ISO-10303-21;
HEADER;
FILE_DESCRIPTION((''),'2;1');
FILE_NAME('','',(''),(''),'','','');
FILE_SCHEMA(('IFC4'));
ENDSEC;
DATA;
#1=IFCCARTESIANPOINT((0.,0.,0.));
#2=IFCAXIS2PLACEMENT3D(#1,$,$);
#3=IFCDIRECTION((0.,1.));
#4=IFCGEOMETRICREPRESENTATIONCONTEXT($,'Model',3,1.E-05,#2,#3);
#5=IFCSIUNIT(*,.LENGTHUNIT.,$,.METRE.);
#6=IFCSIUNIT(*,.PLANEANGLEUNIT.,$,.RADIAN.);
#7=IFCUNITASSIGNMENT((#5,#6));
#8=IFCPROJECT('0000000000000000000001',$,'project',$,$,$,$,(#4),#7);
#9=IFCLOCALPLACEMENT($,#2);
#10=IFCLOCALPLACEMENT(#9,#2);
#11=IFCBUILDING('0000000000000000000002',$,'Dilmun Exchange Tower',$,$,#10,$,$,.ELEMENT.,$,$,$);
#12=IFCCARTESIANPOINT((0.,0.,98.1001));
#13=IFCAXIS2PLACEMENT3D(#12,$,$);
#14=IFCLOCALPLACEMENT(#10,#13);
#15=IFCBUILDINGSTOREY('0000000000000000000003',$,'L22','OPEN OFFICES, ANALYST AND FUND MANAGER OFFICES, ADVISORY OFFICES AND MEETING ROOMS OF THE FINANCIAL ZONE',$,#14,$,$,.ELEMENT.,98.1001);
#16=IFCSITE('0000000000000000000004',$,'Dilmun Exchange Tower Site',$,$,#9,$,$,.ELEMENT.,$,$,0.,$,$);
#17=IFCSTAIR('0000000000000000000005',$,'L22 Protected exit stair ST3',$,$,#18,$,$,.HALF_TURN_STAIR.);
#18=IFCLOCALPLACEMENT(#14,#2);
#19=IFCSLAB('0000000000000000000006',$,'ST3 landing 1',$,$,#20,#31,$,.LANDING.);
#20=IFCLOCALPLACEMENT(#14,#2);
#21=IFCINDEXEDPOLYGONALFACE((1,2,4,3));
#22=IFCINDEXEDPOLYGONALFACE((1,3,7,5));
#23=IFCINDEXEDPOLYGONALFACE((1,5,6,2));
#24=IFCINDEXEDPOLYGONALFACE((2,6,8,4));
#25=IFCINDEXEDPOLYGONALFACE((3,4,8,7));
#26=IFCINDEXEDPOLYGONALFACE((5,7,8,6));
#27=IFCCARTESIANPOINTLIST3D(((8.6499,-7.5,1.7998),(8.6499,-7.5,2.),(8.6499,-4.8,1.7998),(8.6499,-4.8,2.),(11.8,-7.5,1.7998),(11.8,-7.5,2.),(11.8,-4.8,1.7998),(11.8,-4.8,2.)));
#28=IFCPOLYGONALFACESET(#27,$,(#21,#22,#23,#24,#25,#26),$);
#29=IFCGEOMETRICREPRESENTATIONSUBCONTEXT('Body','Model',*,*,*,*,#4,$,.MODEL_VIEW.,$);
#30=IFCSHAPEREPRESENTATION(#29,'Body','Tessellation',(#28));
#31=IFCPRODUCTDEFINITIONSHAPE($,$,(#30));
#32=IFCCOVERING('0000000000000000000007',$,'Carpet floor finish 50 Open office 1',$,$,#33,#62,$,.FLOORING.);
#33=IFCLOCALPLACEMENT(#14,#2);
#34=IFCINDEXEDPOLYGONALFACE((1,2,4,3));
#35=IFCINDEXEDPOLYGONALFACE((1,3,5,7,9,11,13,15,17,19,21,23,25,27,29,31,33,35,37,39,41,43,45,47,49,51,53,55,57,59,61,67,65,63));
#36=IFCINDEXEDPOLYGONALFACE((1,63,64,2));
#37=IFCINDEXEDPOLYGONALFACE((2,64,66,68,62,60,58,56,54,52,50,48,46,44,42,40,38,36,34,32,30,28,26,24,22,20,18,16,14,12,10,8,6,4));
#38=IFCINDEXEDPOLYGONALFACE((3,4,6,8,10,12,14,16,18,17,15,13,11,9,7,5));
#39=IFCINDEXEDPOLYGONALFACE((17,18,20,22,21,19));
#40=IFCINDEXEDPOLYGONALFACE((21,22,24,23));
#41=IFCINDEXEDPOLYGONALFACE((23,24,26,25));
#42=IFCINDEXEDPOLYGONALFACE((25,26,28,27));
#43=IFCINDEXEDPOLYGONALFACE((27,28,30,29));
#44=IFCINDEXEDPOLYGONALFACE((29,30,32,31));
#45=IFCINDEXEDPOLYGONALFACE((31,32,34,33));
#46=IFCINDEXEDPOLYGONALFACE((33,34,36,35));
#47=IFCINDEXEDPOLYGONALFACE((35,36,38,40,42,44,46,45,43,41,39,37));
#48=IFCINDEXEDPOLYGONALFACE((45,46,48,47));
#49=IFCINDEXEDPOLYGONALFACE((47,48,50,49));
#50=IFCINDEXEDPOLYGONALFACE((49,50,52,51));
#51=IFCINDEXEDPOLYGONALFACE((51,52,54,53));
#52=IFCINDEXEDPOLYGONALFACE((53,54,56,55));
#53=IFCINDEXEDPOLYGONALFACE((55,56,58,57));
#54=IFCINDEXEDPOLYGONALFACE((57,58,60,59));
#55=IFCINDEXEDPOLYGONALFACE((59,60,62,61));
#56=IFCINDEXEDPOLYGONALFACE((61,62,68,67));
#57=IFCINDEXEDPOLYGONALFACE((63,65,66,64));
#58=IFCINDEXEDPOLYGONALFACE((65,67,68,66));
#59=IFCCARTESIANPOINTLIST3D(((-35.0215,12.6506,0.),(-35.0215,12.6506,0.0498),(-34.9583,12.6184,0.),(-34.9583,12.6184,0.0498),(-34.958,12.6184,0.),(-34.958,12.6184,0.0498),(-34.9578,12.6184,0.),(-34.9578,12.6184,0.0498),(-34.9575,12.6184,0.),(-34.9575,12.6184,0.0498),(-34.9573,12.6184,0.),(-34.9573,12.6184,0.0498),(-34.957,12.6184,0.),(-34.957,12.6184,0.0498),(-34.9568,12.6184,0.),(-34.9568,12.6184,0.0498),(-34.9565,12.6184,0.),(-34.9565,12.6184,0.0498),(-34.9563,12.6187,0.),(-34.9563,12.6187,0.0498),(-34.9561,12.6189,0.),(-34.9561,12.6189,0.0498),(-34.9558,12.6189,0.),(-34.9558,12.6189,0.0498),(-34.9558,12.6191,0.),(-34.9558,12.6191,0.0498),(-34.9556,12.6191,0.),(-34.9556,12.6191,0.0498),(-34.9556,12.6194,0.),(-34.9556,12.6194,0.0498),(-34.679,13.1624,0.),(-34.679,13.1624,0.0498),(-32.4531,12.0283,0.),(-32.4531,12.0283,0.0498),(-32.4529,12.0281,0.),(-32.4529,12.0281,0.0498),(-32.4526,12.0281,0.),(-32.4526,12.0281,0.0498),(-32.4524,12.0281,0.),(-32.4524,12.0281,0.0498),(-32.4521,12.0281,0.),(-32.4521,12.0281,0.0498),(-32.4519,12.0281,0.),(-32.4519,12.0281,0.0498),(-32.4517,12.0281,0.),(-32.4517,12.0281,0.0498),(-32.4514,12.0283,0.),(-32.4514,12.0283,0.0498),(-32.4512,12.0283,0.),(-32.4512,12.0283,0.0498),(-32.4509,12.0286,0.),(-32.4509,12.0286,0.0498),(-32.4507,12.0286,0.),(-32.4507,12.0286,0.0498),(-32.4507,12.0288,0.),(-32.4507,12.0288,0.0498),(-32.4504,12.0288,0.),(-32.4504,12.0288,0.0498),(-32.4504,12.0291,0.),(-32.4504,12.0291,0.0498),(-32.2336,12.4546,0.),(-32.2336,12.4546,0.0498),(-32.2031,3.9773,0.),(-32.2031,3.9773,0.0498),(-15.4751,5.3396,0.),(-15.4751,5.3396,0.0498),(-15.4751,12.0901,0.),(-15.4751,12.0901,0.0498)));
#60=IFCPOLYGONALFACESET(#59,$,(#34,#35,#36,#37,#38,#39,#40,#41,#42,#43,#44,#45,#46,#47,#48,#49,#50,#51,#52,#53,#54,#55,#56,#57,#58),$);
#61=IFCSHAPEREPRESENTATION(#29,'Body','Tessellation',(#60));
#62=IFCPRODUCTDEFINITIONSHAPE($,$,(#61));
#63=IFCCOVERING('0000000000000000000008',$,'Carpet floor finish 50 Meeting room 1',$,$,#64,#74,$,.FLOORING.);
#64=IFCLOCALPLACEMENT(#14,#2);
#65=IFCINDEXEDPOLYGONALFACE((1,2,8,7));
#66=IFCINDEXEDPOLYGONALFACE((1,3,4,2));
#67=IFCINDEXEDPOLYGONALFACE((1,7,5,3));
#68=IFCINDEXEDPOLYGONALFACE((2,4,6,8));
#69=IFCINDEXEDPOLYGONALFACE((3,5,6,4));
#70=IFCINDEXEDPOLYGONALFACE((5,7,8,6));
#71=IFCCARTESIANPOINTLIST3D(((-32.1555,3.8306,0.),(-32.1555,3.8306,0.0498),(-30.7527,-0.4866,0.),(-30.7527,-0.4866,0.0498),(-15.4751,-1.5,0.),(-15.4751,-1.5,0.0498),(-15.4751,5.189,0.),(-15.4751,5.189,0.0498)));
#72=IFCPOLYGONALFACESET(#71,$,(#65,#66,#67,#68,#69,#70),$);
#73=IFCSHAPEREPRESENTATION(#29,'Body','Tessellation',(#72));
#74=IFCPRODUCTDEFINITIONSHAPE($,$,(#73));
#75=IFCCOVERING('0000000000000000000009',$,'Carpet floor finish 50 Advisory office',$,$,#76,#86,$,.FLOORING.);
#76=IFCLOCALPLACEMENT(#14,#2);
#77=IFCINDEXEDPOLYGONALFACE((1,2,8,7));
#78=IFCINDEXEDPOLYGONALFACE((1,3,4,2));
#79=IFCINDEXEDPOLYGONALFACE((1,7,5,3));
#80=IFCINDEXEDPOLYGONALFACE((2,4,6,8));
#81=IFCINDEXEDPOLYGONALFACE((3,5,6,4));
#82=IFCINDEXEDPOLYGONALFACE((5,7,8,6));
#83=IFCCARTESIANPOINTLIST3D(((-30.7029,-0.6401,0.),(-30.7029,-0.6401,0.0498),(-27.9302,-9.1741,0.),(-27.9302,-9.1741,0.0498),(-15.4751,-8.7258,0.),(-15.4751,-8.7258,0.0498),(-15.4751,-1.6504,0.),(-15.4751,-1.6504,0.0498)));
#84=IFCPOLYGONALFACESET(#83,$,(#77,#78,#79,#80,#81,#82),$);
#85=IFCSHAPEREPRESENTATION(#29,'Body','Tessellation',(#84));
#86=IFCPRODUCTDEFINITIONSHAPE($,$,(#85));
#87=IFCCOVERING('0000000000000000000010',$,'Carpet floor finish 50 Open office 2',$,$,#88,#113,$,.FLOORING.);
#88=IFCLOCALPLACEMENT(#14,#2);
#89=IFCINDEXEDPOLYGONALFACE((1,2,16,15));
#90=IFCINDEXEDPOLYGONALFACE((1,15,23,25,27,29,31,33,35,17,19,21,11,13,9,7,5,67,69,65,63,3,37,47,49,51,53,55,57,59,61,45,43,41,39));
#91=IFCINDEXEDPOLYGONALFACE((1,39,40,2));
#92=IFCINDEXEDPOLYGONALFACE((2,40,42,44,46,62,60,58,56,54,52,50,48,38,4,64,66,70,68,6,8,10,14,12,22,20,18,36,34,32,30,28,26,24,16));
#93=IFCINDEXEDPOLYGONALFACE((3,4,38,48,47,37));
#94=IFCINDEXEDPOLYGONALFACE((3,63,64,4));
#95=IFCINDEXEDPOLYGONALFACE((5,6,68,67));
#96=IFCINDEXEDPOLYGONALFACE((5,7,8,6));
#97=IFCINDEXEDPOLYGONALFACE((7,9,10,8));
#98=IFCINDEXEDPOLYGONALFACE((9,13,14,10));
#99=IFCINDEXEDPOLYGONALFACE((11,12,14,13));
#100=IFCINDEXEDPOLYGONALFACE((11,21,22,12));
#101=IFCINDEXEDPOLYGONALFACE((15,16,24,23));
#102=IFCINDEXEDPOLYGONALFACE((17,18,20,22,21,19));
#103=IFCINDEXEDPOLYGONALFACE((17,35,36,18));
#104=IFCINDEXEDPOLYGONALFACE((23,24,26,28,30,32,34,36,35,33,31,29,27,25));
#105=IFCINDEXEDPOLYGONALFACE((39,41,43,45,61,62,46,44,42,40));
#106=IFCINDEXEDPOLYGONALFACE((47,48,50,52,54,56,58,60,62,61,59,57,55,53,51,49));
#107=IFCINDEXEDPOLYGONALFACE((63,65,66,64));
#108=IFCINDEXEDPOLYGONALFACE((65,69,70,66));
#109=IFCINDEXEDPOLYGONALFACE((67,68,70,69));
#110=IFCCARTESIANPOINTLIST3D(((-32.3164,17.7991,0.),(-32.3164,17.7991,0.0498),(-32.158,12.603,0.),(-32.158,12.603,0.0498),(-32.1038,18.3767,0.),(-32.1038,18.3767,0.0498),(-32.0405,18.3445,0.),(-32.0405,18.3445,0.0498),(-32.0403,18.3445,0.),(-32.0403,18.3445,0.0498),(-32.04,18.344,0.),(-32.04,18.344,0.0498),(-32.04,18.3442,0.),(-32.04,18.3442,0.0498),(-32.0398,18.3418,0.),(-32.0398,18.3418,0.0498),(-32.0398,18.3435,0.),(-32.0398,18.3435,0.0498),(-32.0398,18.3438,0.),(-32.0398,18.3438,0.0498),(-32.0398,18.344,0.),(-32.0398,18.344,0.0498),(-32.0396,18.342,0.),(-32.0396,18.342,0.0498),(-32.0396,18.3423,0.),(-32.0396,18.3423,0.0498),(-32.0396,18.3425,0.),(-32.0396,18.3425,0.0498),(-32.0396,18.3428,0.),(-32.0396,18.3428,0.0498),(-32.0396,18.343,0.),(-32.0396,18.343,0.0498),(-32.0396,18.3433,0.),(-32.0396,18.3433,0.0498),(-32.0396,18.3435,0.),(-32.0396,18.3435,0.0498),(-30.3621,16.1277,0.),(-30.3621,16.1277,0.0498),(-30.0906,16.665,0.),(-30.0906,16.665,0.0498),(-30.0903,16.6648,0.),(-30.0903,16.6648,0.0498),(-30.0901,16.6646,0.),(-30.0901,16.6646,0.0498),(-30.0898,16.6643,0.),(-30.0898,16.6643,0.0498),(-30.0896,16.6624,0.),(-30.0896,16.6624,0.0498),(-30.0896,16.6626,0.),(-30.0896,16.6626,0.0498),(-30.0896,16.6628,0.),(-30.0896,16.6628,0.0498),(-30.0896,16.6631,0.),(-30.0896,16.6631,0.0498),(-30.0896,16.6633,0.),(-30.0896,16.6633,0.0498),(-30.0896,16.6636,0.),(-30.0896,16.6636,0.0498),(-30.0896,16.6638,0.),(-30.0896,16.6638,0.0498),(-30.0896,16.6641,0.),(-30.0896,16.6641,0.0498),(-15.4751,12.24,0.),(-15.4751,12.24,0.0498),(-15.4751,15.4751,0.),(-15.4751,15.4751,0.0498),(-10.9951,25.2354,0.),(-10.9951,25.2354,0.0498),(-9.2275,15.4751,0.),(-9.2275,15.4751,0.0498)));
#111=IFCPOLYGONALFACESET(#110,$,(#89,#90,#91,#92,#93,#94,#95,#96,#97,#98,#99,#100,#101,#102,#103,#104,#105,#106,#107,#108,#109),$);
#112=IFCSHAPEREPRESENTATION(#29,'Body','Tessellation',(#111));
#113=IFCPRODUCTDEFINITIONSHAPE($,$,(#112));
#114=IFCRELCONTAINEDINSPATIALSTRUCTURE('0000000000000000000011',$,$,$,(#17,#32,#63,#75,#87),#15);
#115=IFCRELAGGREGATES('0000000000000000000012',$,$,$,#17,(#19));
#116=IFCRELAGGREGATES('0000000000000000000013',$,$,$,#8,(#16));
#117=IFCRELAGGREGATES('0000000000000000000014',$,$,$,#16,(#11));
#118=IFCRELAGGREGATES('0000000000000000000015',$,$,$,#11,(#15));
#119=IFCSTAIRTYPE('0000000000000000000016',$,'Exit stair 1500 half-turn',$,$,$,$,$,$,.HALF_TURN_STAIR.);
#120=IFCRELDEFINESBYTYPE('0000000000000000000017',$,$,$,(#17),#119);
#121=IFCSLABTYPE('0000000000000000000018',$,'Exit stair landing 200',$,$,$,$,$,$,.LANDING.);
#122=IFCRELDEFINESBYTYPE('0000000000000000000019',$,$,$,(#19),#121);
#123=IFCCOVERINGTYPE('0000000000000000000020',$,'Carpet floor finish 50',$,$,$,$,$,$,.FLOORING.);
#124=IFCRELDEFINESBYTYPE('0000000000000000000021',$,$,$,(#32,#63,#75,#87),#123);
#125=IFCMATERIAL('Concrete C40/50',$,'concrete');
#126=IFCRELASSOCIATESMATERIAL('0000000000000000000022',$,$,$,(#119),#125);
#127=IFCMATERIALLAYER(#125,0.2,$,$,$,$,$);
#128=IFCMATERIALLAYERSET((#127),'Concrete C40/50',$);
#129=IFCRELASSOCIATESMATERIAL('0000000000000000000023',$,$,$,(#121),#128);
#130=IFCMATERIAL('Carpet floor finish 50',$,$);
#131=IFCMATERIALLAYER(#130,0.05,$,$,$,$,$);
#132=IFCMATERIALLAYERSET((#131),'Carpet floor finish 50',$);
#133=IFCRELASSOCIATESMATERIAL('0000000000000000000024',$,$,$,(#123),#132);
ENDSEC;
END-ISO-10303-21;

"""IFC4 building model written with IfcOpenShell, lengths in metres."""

from ifc_helpers import new_model, si_unit, direction, frame, origin, place, context, subcontext, project, spatial, polyline, outline, extrude, material, layer, layer_set, type_object, element, aggregate, save


model = new_model("IFC4")

# Units and contexts
model_context = context("Model", 3, precision=1e-05, world=origin(), true_north=direction((0.0, 1.0)))
body_context = subcontext(model_context, "Body", "Model", "MODEL_VIEW")
ifc_project = project(units=[si_unit("LENGTHUNIT", "METRE"), si_unit("PLANEANGLEUNIT", "RADIAN")], contexts=[model_context])

# Site, building, storey
site_placement = place(None, origin())
site = spatial("IfcSite", under=ifc_project, at=site_placement, Name="Dilmun Exchange Tower Site", CompositionType="ELEMENT", RefElevation=0.0)
building_placement = place(site_placement, origin())
building = spatial("IfcBuilding", under=site, at=building_placement, Name="Dilmun Exchange Tower", CompositionType="ELEMENT")
storey_placement = place(building_placement, frame((0.0, 0.0, 98.1001)))
storey = spatial("IfcBuildingStorey", under=building, at=storey_placement, Name="L22", Description="OPEN OFFICES, ANALYST AND FUND MANAGER OFFICES, ADVISORY OFFICES AND MEETING ROOMS OF THE FINANCIAL ZONE", CompositionType="ELEMENT", Elevation=98.1001)

# Stair, slab
ifc_material_1 = material(Name="Concrete C40/50", Category="concrete")
stair_type = type_object("IfcStairType", Name="Exit stair 1500 half-turn", PredefinedType="HALF_TURN_STAIR", material=ifc_material_1)
stair_placement = place(storey_placement, origin())
stair = element("IfcStair", 1, at=stair_placement, inside=storey, type_object=stair_type, Name="L22 Protected exit stair ST3", PredefinedType="HALF_TURN_STAIR")
ifc_layer_1 = layer(ifc_material_1, 0.2)
ifc_layer_set_1 = layer_set([ifc_layer_1], Name="Concrete C40/50")
slab_type = type_object("IfcSlabType", Name="Exit stair landing 200", PredefinedType="LANDING", material=ifc_layer_set_1)
slab_placement = place(storey_placement, frame((0.0, 0.0, 1.7998)))
slab = element("IfcSlab", 2, at=slab_placement, type_object=slab_type, Name="ST3 landing 1", PredefinedType="LANDING", context=body_context, shape_type="SweptSolid", body=[
    extrude(outline(polyline([(11.8, -7.5), (11.8, -4.8), (8.6499, -4.8), (8.6499, -7.5), (11.8, -7.5)])), origin(), (0.0, 0.0, 1.0), 0.2002),
])
aggregate(stair, [slab])

# Coverings
ifc_material_2 = material(Name="Carpet floor finish 50")
ifc_layer_2 = layer(ifc_material_2, 0.05)
ifc_layer_set_2 = layer_set([ifc_layer_2], Name="Carpet floor finish 50")
covering_type_1 = type_object("IfcCoveringType", Name="Carpet floor finish 50", PredefinedType="FLOORING", material=ifc_layer_set_2)
covering_1_placement = place(storey_placement, origin())
element("IfcCovering", 3, at=covering_1_placement, inside=storey, type_object=covering_type_1, Name="Carpet floor finish 50 Open office 1", PredefinedType="FLOORING", context=body_context, shape_type="SweptSolid", body=[
    extrude(outline(polyline([(-15.4751, 12.0901), (-15.4751, 5.3396), (-32.2031, 3.9773), (-35.0215, 12.6506), (-34.9583, 12.6184), (-34.958, 12.6184), (-34.9578, 12.6184), (-34.9575, 12.6184), (-34.9575, 12.6184), (-34.9573, 12.6184), (-34.957, 12.6184), (-34.9568, 12.6184), (-34.9568, 12.6184), (-34.9565, 12.6184), (-34.9563, 12.6187), (-34.9563, 12.6187), (-34.9561, 12.6189), (-34.9558, 12.6189), (-34.9558, 12.6191), (-34.9556, 12.6191), (-34.9556, 12.6194), (-34.679, 13.1624), (-32.4531, 12.0283), (-32.4529, 12.0281), (-32.4526, 12.0281), (-32.4524, 12.0281), (-32.4524, 12.0281), (-32.4521, 12.0281), (-32.4519, 12.0281), (-32.4519, 12.0281), (-32.4517, 12.0281), (-32.4514, 12.0283), (-32.4512, 12.0283), (-32.4512, 12.0283), (-32.4509, 12.0286), (-32.4507, 12.0286), (-32.4507, 12.0288), (-32.4504, 12.0288), (-32.4504, 12.0291), (-32.2336, 12.4546), (-15.4751, 12.0901)])), origin(), (0.0, 0.0, 1.0), 0.0498),
])
covering_2_placement = place(storey_placement, origin())
element("IfcCovering", 4, at=covering_2_placement, inside=storey, type_object=covering_type_1, Name="Carpet floor finish 50 Meeting room 1", PredefinedType="FLOORING", context=body_context, shape_type="SweptSolid", body=[
    extrude(outline(polyline([(-15.4751, -1.5), (-30.7527, -0.4866), (-32.1555, 3.8306), (-15.4751, 5.189), (-15.4751, -1.5)])), origin(), (0.0, 0.0, 1.0), 0.0498),
])
covering_3_placement = place(storey_placement, origin())
element("IfcCovering", 5, at=covering_3_placement, inside=storey, type_object=covering_type_1, Name="Carpet floor finish 50 Advisory office", PredefinedType="FLOORING", context=body_context, shape_type="SweptSolid", body=[
    extrude(outline(polyline([(-15.4751, -8.7258), (-27.9302, -9.1741), (-30.7029, -0.6401), (-15.4751, -1.6504), (-15.4751, -8.7258)])), origin(), (0.0, 0.0, 1.0), 0.0498),
])
covering_4_placement = place(storey_placement, origin())
element("IfcCovering", 6, at=covering_4_placement, inside=storey, type_object=covering_type_1, Name="Carpet floor finish 50 Open office 2", PredefinedType="FLOORING", context=body_context, shape_type="SweptSolid", body=[
    extrude(outline(polyline([(-9.2275, 15.4751), (-15.4751, 15.4751), (-15.4751, 12.24), (-32.158, 12.603), (-30.3621, 16.1277), (-30.3621, 16.1277), (-30.0896, 16.6624), (-30.0896, 16.6626), (-30.0896, 16.6626), (-30.0896, 16.6628), (-30.0896, 16.6631), (-30.0896, 16.6631), (-30.0896, 16.6633), (-30.0896, 16.6636), (-30.0896, 16.6638), (-30.0896, 16.6641), (-30.0898, 16.6643), (-30.0898, 16.6643), (-30.0901, 16.6646), (-30.0901, 16.6646), (-30.0903, 16.6648), (-30.0903, 16.6648), (-30.0906, 16.665), (-32.3164, 17.7991), (-32.0398, 18.3418), (-32.0396, 18.342), (-32.0396, 18.3423), (-32.0396, 18.3423), (-32.0396, 18.3425), (-32.0396, 18.3428), (-32.0396, 18.343), (-32.0396, 18.3433), (-32.0396, 18.3435), (-32.0398, 18.3435), (-32.0398, 18.3438), (-32.0398, 18.344), (-32.04, 18.344), (-32.04, 18.3442), (-32.0403, 18.3445), (-32.0403, 18.3445), (-32.0405, 18.3445), (-32.1038, 18.3767), (-10.9951, 25.2354), (-9.2275, 15.4751)])), origin(), (0.0, 0.0, 1.0), 0.0498),
])

save(model, "model.ifc")
